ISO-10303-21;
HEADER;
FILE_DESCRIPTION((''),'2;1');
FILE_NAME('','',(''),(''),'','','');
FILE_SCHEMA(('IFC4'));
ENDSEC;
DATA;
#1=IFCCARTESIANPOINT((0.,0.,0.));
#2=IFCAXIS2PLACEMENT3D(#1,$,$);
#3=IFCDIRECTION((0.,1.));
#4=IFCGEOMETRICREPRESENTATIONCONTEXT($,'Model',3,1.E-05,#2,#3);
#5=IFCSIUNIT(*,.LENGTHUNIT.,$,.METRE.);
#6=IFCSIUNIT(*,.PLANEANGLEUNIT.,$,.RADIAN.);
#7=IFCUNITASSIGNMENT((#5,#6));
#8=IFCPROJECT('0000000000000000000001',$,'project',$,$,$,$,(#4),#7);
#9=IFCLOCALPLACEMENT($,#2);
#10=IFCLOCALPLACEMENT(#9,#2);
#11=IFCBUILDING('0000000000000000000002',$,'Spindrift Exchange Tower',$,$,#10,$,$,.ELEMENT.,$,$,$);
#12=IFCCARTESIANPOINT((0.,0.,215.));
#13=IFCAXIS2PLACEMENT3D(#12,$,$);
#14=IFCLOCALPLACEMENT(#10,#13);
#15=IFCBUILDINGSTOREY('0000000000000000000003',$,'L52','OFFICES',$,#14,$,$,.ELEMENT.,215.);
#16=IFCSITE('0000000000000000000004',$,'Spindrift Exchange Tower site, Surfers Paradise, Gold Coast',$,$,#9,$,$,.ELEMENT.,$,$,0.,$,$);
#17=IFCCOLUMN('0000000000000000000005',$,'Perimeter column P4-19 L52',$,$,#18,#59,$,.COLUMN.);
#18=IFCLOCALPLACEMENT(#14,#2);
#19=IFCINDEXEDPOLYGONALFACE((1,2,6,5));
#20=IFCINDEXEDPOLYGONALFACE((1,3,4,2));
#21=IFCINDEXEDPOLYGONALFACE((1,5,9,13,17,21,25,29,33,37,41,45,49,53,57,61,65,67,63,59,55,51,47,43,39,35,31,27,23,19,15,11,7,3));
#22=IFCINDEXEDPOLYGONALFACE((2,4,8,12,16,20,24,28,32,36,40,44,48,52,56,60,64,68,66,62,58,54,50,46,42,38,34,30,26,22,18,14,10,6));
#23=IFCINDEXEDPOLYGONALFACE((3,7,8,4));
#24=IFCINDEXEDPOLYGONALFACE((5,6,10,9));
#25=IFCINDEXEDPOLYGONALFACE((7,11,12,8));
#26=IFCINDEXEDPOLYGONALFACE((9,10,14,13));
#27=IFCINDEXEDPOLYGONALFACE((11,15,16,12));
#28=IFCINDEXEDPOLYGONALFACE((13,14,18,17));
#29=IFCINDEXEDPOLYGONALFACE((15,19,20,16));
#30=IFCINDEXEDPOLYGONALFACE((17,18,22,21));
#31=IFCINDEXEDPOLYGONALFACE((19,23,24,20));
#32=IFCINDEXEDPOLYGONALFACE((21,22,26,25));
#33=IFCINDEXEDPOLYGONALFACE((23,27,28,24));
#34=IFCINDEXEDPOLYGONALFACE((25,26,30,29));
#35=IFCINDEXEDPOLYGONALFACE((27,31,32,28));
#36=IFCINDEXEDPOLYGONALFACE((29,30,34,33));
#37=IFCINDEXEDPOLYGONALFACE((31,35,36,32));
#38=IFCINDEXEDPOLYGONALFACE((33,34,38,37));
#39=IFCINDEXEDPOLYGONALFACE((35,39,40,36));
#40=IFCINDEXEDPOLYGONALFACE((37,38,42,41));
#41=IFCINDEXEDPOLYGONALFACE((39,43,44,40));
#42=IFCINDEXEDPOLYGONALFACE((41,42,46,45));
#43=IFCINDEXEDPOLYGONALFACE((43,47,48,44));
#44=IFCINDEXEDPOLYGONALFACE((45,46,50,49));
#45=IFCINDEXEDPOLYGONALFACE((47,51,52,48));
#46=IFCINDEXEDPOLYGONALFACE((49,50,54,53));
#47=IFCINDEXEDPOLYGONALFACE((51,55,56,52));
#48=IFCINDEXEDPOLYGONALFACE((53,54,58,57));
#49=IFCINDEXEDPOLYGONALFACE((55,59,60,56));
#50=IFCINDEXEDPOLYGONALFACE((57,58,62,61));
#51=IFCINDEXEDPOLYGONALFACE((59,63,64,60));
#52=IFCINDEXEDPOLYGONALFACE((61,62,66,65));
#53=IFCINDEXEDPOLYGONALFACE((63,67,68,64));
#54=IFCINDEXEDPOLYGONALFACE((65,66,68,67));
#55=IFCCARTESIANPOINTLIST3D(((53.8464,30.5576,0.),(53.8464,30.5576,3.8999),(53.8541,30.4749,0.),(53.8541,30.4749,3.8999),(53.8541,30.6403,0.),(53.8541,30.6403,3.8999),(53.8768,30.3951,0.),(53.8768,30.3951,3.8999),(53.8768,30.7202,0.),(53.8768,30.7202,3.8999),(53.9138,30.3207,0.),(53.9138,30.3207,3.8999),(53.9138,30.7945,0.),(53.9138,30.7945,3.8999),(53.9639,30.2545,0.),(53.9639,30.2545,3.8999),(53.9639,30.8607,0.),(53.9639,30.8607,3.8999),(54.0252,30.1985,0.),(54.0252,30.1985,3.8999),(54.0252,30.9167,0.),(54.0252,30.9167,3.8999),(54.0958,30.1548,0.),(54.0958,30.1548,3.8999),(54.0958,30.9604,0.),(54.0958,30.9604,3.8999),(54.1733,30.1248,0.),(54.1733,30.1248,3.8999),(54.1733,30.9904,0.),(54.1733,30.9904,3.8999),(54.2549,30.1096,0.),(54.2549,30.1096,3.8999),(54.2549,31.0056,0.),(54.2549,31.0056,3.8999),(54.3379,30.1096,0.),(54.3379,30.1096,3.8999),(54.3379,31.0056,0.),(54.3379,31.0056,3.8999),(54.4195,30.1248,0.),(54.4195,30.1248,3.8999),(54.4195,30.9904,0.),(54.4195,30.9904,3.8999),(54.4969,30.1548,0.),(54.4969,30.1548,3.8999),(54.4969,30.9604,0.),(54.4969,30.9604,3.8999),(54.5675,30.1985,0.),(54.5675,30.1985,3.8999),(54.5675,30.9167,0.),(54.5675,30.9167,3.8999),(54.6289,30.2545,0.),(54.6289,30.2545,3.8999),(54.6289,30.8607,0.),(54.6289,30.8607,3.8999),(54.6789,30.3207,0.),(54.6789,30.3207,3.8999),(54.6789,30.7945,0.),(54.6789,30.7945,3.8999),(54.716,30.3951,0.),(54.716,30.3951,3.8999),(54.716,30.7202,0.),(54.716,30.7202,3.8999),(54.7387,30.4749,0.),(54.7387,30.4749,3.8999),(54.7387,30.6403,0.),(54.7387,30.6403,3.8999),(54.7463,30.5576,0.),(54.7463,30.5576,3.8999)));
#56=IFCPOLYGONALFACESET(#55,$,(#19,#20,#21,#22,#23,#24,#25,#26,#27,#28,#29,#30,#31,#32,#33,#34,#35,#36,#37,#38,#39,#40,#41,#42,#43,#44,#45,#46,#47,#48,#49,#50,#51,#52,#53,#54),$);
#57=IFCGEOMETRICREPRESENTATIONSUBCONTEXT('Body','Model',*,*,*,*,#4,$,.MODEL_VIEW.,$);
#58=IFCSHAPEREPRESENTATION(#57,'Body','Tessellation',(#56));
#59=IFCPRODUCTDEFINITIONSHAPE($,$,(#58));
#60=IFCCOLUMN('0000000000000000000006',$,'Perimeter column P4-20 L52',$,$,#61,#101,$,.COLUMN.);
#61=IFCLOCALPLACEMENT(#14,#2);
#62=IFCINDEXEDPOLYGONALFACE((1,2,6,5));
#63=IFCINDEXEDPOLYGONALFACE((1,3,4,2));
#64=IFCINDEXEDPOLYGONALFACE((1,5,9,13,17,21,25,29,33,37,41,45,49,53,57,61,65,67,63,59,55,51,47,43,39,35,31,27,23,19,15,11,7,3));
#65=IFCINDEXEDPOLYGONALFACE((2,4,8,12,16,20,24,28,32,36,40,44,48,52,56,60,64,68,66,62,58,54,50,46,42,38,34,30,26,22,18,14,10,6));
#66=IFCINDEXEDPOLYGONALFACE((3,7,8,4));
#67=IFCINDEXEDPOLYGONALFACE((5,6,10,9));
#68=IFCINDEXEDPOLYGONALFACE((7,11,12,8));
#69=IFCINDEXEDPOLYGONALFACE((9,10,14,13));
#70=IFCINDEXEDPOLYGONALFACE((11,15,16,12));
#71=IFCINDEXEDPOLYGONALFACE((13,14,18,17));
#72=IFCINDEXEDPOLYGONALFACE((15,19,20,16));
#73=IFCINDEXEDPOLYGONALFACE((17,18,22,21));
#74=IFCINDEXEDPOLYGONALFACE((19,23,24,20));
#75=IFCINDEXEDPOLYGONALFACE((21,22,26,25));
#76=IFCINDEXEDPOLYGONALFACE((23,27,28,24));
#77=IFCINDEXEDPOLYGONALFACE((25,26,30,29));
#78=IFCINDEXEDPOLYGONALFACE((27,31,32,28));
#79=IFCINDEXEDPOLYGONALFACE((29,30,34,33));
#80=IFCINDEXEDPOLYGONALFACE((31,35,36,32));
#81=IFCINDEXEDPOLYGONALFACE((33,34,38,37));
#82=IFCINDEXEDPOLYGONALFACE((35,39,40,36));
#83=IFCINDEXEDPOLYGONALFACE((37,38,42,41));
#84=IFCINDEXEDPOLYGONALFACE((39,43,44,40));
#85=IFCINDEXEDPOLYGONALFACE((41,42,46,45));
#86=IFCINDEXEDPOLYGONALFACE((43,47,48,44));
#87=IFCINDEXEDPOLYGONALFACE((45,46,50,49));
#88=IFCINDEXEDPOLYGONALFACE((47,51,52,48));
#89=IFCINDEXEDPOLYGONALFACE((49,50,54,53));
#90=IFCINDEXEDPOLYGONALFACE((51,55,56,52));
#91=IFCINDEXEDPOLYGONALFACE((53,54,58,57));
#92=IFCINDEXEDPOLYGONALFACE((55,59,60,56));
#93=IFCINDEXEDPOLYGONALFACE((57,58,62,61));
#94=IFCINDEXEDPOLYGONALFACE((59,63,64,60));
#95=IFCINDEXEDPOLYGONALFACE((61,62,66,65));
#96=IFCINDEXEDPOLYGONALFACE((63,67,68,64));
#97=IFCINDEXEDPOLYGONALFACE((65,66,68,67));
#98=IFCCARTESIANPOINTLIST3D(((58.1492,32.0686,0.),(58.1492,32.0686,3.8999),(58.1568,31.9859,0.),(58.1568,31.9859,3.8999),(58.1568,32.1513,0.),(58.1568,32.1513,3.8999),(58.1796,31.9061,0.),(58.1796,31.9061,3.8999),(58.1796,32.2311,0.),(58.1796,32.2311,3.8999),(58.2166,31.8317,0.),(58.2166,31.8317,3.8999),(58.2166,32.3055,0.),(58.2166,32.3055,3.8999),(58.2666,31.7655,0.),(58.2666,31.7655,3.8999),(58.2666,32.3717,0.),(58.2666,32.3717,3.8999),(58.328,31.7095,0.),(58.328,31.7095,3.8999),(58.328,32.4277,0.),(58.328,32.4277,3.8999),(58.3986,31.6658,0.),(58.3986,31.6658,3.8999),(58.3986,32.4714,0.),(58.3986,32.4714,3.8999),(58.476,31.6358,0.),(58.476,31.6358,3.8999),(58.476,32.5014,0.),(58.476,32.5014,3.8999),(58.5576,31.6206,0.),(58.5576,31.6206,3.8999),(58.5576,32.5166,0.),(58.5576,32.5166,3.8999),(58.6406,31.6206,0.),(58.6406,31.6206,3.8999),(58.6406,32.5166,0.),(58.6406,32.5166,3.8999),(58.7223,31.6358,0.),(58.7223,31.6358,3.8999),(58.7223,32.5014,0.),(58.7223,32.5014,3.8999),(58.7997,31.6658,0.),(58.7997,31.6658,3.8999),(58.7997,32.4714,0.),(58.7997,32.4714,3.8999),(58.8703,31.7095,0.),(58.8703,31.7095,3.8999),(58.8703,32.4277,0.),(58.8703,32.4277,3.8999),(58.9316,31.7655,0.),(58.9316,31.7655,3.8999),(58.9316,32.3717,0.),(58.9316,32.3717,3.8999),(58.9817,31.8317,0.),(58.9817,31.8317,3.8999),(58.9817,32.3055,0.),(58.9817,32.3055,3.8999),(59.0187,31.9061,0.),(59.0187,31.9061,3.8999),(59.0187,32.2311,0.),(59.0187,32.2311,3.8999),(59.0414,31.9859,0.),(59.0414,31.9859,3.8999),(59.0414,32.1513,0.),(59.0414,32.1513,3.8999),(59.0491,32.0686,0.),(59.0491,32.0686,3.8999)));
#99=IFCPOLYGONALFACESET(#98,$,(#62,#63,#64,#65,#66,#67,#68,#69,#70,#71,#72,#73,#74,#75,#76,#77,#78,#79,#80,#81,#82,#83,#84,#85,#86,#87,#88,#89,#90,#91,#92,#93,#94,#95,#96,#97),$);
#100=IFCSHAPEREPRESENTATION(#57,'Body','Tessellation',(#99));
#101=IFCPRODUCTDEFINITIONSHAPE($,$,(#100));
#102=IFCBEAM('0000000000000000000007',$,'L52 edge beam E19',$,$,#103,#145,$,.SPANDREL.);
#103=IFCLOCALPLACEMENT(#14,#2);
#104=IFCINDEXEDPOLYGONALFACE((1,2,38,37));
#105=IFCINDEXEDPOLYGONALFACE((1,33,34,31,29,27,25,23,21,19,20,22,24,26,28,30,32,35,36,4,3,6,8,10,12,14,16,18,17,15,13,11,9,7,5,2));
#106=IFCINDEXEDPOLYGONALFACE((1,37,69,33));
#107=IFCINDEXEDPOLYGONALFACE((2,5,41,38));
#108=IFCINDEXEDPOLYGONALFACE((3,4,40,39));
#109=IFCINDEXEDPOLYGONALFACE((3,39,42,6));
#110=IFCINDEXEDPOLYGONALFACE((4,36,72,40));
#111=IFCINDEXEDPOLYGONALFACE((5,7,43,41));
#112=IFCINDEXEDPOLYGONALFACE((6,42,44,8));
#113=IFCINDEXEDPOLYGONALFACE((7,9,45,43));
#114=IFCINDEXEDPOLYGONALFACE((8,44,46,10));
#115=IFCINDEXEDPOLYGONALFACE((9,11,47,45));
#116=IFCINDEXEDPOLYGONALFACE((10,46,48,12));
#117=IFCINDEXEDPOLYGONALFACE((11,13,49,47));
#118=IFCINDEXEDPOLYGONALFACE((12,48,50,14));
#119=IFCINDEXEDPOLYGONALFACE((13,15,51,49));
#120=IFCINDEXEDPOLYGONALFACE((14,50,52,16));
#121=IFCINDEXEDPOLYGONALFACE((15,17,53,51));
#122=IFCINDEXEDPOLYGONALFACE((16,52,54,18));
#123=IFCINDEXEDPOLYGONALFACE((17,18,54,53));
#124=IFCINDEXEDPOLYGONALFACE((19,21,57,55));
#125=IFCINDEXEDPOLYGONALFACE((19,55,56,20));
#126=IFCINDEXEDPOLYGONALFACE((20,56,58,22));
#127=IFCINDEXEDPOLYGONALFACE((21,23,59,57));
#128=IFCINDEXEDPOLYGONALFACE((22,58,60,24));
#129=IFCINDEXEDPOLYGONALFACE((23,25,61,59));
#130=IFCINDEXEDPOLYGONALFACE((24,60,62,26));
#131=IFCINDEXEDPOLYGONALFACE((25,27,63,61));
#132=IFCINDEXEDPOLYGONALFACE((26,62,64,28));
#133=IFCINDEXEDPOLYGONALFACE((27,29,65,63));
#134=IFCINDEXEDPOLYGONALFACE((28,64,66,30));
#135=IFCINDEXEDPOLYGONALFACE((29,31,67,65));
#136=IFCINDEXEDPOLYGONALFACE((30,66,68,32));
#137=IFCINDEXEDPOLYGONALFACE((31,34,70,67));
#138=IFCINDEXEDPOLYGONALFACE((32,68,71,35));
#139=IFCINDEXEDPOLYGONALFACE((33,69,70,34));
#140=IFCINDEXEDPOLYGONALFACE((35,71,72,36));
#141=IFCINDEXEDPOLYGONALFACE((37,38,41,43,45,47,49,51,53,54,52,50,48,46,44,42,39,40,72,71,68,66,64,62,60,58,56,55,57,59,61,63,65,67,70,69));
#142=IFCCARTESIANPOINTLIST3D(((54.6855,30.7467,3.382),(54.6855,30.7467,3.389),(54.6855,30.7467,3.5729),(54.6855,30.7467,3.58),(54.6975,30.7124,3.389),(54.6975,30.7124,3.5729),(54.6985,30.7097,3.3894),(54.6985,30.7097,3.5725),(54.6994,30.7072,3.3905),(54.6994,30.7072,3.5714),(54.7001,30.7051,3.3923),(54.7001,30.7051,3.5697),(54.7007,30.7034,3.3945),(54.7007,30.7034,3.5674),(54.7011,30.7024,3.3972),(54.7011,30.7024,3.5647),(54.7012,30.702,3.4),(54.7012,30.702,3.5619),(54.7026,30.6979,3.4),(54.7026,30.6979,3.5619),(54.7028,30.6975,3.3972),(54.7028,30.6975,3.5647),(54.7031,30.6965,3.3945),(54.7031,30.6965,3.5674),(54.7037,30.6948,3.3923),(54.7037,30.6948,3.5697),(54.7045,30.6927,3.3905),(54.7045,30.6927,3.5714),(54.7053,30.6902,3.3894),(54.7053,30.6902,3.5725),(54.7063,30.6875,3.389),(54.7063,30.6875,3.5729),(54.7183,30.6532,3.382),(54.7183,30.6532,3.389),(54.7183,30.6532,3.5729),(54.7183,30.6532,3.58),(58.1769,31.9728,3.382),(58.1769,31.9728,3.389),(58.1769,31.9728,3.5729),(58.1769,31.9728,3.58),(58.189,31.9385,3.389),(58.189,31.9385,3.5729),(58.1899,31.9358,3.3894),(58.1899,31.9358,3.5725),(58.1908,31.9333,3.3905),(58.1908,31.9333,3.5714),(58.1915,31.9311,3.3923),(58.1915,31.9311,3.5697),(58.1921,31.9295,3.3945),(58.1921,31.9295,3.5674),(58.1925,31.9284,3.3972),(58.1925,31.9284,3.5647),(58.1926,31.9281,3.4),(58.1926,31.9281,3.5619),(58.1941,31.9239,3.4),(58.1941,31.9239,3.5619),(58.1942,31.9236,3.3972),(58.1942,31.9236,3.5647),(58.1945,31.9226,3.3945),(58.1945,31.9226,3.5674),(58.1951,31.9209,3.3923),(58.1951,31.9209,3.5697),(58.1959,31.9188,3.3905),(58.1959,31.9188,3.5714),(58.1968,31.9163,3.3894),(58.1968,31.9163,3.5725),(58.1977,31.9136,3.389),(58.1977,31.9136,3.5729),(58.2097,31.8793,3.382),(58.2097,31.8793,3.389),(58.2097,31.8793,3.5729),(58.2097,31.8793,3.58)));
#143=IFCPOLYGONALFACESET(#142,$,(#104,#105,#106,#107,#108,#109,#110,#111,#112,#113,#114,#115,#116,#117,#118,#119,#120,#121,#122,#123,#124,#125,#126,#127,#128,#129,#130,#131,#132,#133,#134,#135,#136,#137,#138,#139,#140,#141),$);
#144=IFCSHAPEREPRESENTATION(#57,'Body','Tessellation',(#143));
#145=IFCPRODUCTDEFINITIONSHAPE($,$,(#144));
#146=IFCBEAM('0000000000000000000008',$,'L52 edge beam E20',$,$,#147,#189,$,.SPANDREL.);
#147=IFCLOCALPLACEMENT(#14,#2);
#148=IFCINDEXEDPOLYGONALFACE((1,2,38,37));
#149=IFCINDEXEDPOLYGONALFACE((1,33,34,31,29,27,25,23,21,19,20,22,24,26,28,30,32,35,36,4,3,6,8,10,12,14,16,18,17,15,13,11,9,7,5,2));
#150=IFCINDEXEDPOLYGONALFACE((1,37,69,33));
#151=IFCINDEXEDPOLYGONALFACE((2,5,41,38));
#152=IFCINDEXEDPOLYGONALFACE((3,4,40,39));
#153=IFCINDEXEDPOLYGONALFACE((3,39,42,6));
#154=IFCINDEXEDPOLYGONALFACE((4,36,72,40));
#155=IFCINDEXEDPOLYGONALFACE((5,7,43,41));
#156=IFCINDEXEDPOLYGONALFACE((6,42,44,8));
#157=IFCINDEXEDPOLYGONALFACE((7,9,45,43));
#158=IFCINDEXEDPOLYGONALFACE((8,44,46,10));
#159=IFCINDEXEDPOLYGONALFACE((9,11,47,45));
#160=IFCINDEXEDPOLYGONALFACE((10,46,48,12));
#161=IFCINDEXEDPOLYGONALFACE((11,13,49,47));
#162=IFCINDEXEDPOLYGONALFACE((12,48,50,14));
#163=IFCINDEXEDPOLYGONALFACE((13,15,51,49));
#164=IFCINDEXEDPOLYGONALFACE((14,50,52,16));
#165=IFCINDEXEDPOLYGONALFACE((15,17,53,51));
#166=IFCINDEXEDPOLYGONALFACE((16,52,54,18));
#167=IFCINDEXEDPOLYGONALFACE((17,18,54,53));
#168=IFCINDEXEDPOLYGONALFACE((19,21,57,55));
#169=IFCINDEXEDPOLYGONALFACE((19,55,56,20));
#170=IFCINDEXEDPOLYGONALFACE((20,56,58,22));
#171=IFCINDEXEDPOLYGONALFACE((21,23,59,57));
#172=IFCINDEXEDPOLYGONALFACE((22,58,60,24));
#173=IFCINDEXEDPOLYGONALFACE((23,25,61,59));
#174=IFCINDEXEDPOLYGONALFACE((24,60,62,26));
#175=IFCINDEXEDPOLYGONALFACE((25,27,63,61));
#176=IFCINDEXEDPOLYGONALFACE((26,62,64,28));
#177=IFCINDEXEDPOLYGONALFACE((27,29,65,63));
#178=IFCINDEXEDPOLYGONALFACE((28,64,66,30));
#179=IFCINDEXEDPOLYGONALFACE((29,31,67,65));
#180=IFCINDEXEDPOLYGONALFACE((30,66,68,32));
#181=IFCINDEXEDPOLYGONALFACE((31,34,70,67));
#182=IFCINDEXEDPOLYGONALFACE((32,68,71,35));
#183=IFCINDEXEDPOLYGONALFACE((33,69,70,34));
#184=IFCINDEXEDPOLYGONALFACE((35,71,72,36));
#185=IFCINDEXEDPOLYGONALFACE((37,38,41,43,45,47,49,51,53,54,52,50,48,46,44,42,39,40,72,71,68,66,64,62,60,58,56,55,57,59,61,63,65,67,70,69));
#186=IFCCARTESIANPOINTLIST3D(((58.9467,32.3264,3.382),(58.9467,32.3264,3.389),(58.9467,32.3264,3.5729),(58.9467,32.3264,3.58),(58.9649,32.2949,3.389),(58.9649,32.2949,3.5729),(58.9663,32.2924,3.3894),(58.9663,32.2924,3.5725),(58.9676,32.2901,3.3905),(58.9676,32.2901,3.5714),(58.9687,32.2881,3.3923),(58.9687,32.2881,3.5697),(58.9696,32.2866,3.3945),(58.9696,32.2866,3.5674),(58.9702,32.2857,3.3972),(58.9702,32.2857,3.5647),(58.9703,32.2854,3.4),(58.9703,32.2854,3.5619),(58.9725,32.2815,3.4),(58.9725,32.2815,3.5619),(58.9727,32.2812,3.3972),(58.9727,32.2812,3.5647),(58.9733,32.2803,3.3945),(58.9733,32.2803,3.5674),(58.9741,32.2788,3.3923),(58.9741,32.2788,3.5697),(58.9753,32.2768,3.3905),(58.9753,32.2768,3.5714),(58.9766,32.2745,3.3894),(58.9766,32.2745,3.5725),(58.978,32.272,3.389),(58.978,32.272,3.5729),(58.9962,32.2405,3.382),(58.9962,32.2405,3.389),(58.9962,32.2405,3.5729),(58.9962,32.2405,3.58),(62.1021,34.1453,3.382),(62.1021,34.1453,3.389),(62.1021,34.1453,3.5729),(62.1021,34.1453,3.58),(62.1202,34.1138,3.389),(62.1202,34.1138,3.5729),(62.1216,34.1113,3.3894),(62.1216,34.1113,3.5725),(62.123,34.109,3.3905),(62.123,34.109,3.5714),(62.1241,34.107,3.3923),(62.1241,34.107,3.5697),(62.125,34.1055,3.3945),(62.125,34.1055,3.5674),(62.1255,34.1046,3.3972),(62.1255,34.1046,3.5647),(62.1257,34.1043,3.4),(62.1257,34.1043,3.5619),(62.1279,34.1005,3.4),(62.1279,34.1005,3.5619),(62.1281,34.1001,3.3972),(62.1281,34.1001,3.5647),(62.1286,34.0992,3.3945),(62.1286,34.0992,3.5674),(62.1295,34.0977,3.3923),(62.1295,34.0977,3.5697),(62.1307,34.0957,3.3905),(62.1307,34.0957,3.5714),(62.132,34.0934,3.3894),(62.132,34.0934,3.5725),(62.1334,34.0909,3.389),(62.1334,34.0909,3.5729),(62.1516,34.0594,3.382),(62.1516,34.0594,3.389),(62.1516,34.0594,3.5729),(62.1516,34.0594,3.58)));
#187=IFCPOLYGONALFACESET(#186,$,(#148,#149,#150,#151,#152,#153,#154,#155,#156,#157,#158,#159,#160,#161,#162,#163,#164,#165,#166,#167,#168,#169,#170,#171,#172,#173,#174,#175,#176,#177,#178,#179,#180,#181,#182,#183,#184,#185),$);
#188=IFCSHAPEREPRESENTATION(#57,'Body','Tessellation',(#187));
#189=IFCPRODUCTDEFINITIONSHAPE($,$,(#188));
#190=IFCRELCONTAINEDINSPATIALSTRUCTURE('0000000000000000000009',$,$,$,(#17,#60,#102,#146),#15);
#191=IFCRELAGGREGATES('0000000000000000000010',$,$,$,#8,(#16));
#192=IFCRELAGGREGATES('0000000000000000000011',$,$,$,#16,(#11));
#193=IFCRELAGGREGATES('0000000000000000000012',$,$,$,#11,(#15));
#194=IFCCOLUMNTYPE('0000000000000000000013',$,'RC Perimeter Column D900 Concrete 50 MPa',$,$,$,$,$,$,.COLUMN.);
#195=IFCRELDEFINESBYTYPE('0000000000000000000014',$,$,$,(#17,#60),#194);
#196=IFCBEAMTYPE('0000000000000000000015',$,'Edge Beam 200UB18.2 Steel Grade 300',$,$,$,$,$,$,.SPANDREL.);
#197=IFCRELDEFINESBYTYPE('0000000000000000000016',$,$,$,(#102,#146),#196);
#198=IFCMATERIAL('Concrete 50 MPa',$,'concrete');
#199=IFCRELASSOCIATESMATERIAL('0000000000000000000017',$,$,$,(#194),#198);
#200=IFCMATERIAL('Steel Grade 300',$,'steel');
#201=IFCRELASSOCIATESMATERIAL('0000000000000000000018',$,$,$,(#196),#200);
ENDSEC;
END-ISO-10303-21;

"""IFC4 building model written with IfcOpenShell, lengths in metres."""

from ifc_helpers import new_model, si_unit, direction, frame, origin, origin_2d, place, context, subcontext, project, spatial, circle, i_section, extrude, source, transform, mapped, material, material_profile, profile_set, type_object, element, save


model = new_model("IFC4")

# Units and contexts
model_context = context("Model", 3, precision=1e-05, world=origin(), true_north=direction((0.0, 1.0)))
body_context = subcontext(model_context, "Body", "Model", "MODEL_VIEW")
ifc_project = project(units=[si_unit("LENGTHUNIT", "METRE"), si_unit("PLANEANGLEUNIT", "RADIAN")], contexts=[model_context])

# Site, building, storey
site_placement = place(None, origin())
site = spatial("IfcSite", under=ifc_project, at=site_placement, Name="Spindrift Exchange Tower site, Surfers Paradise, Gold Coast", CompositionType="ELEMENT", RefElevation=0.0)
building_placement = place(site_placement, origin())
building = spatial("IfcBuilding", under=site, at=building_placement, Name="Spindrift Exchange Tower", CompositionType="ELEMENT")
storey_placement = place(building_placement, frame((0.0, 0.0, 215.0)))
storey = spatial("IfcBuildingStorey", under=building, at=storey_placement, Name="L52", Description="OFFICES", CompositionType="ELEMENT", Elevation=215.0)

# Columns
ifc_material_1 = material(Name="Concrete 50 MPa", Category="concrete")
ifc_material_profile_1 = material_profile(ifc_material_1, circle(Radius=0.45, at=origin_2d()), Name="RC D900")
ifc_profile_set_1 = profile_set([ifc_material_profile_1], Name="Concrete 50 MPa")
column_type = type_object("IfcColumnType", Name="RC Perimeter Column D900 Concrete 50 MPa", PredefinedType="COLUMN", material=ifc_profile_set_1)
shared_shape_1 = source(origin(), body_context, "Body", "SweptSolid", [
    extrude(circle(Radius=0.45, at=origin_2d()), origin(), (0.0, 0.0, 1.0), 3.8999),
])
for number, where, z_axis, x_axis, name in (
    (1, (54.2964, 30.5576, 0.0), (0.0, 0.0, 1.0), (1.0, 0.0, 0.0), "Perimeter column P4-19 L52"),
    (2, (58.5991, 32.0686, 0.0), (0.0, 0.0, 1.0), (1.0, 0.0, 0.0), "Perimeter column P4-20 L52"),
):
    element("IfcColumn", number, at=place(storey_placement, frame(where, z_axis=z_axis, x_axis=x_axis)), inside=storey, type_object=column_type, Name=name, PredefinedType="COLUMN", context=body_context, shape_type="MappedRepresentation", body=[
        mapped(shared_shape_1, transform((0.0, 0.0, 0.0), scale=1.0)),
    ])

# Beams
ifc_material_2 = material(Name="Steel Grade 300", Category="steel")
ifc_material_profile_2 = material_profile(ifc_material_2, i_section(OverallWidth=0.0991, OverallDepth=0.198, WebThickness=0.0044, FlangeThickness=0.0071, FilletRadius=0.011, at=origin_2d()), Name="200UB18.2")
ifc_profile_set_2 = profile_set([ifc_material_profile_2], Name="Steel Grade 300")
beam_type_1 = type_object("IfcBeamType", Name="Edge Beam 200UB18.2 Steel Grade 300", PredefinedType="SPANDREL", material=ifc_profile_set_2)
shared_shape_2 = source(origin(), body_context, "Body", "SweptSolid", [
    extrude(i_section(OverallWidth=0.0991, OverallDepth=0.198, WebThickness=0.0044, FlangeThickness=0.0071, FilletRadius=0.011, at=origin_2d()), origin(), (0.0, 0.0, 1.0), 3.7004),
])
beam_1_placement = place(storey_placement, frame((54.7019, 30.7, 3.481), z_axis=(0.943515, 0.331329, 0.0), x_axis=(-0.331329, 0.943515, 0.0)))
element("IfcBeam", 3, at=beam_1_placement, inside=storey, type_object=beam_type_1, Name="L52 edge beam E19", PredefinedType="SPANDREL", context=body_context, shape_type="MappedRepresentation", body=[
    mapped(shared_shape_2, transform((0.0, 0.0, 0.0), scale=1.0)),
])
shared_shape_3 = source(origin(), body_context, "Body", "SweptSolid", [
    extrude(i_section(OverallWidth=0.0991, OverallDepth=0.198, WebThickness=0.0044, FlangeThickness=0.0071, FilletRadius=0.011, at=origin_2d()), origin(), (0.0, 0.0, 1.0), 3.6421),
])
beam_2_placement = place(storey_placement, frame((58.9714, 32.2834, 3.481), z_axis=(0.866364, 0.499413, 0.0), x_axis=(-0.499413, 0.866364, 0.0)))
element("IfcBeam", 4, at=beam_2_placement, inside=storey, type_object=beam_type_1, Name="L52 edge beam E20", PredefinedType="SPANDREL", context=body_context, shape_type="MappedRepresentation", body=[
    mapped(shared_shape_3, transform((0.0, 0.0, 0.0), scale=1.0)),
])

save(model, "model.ifc")
